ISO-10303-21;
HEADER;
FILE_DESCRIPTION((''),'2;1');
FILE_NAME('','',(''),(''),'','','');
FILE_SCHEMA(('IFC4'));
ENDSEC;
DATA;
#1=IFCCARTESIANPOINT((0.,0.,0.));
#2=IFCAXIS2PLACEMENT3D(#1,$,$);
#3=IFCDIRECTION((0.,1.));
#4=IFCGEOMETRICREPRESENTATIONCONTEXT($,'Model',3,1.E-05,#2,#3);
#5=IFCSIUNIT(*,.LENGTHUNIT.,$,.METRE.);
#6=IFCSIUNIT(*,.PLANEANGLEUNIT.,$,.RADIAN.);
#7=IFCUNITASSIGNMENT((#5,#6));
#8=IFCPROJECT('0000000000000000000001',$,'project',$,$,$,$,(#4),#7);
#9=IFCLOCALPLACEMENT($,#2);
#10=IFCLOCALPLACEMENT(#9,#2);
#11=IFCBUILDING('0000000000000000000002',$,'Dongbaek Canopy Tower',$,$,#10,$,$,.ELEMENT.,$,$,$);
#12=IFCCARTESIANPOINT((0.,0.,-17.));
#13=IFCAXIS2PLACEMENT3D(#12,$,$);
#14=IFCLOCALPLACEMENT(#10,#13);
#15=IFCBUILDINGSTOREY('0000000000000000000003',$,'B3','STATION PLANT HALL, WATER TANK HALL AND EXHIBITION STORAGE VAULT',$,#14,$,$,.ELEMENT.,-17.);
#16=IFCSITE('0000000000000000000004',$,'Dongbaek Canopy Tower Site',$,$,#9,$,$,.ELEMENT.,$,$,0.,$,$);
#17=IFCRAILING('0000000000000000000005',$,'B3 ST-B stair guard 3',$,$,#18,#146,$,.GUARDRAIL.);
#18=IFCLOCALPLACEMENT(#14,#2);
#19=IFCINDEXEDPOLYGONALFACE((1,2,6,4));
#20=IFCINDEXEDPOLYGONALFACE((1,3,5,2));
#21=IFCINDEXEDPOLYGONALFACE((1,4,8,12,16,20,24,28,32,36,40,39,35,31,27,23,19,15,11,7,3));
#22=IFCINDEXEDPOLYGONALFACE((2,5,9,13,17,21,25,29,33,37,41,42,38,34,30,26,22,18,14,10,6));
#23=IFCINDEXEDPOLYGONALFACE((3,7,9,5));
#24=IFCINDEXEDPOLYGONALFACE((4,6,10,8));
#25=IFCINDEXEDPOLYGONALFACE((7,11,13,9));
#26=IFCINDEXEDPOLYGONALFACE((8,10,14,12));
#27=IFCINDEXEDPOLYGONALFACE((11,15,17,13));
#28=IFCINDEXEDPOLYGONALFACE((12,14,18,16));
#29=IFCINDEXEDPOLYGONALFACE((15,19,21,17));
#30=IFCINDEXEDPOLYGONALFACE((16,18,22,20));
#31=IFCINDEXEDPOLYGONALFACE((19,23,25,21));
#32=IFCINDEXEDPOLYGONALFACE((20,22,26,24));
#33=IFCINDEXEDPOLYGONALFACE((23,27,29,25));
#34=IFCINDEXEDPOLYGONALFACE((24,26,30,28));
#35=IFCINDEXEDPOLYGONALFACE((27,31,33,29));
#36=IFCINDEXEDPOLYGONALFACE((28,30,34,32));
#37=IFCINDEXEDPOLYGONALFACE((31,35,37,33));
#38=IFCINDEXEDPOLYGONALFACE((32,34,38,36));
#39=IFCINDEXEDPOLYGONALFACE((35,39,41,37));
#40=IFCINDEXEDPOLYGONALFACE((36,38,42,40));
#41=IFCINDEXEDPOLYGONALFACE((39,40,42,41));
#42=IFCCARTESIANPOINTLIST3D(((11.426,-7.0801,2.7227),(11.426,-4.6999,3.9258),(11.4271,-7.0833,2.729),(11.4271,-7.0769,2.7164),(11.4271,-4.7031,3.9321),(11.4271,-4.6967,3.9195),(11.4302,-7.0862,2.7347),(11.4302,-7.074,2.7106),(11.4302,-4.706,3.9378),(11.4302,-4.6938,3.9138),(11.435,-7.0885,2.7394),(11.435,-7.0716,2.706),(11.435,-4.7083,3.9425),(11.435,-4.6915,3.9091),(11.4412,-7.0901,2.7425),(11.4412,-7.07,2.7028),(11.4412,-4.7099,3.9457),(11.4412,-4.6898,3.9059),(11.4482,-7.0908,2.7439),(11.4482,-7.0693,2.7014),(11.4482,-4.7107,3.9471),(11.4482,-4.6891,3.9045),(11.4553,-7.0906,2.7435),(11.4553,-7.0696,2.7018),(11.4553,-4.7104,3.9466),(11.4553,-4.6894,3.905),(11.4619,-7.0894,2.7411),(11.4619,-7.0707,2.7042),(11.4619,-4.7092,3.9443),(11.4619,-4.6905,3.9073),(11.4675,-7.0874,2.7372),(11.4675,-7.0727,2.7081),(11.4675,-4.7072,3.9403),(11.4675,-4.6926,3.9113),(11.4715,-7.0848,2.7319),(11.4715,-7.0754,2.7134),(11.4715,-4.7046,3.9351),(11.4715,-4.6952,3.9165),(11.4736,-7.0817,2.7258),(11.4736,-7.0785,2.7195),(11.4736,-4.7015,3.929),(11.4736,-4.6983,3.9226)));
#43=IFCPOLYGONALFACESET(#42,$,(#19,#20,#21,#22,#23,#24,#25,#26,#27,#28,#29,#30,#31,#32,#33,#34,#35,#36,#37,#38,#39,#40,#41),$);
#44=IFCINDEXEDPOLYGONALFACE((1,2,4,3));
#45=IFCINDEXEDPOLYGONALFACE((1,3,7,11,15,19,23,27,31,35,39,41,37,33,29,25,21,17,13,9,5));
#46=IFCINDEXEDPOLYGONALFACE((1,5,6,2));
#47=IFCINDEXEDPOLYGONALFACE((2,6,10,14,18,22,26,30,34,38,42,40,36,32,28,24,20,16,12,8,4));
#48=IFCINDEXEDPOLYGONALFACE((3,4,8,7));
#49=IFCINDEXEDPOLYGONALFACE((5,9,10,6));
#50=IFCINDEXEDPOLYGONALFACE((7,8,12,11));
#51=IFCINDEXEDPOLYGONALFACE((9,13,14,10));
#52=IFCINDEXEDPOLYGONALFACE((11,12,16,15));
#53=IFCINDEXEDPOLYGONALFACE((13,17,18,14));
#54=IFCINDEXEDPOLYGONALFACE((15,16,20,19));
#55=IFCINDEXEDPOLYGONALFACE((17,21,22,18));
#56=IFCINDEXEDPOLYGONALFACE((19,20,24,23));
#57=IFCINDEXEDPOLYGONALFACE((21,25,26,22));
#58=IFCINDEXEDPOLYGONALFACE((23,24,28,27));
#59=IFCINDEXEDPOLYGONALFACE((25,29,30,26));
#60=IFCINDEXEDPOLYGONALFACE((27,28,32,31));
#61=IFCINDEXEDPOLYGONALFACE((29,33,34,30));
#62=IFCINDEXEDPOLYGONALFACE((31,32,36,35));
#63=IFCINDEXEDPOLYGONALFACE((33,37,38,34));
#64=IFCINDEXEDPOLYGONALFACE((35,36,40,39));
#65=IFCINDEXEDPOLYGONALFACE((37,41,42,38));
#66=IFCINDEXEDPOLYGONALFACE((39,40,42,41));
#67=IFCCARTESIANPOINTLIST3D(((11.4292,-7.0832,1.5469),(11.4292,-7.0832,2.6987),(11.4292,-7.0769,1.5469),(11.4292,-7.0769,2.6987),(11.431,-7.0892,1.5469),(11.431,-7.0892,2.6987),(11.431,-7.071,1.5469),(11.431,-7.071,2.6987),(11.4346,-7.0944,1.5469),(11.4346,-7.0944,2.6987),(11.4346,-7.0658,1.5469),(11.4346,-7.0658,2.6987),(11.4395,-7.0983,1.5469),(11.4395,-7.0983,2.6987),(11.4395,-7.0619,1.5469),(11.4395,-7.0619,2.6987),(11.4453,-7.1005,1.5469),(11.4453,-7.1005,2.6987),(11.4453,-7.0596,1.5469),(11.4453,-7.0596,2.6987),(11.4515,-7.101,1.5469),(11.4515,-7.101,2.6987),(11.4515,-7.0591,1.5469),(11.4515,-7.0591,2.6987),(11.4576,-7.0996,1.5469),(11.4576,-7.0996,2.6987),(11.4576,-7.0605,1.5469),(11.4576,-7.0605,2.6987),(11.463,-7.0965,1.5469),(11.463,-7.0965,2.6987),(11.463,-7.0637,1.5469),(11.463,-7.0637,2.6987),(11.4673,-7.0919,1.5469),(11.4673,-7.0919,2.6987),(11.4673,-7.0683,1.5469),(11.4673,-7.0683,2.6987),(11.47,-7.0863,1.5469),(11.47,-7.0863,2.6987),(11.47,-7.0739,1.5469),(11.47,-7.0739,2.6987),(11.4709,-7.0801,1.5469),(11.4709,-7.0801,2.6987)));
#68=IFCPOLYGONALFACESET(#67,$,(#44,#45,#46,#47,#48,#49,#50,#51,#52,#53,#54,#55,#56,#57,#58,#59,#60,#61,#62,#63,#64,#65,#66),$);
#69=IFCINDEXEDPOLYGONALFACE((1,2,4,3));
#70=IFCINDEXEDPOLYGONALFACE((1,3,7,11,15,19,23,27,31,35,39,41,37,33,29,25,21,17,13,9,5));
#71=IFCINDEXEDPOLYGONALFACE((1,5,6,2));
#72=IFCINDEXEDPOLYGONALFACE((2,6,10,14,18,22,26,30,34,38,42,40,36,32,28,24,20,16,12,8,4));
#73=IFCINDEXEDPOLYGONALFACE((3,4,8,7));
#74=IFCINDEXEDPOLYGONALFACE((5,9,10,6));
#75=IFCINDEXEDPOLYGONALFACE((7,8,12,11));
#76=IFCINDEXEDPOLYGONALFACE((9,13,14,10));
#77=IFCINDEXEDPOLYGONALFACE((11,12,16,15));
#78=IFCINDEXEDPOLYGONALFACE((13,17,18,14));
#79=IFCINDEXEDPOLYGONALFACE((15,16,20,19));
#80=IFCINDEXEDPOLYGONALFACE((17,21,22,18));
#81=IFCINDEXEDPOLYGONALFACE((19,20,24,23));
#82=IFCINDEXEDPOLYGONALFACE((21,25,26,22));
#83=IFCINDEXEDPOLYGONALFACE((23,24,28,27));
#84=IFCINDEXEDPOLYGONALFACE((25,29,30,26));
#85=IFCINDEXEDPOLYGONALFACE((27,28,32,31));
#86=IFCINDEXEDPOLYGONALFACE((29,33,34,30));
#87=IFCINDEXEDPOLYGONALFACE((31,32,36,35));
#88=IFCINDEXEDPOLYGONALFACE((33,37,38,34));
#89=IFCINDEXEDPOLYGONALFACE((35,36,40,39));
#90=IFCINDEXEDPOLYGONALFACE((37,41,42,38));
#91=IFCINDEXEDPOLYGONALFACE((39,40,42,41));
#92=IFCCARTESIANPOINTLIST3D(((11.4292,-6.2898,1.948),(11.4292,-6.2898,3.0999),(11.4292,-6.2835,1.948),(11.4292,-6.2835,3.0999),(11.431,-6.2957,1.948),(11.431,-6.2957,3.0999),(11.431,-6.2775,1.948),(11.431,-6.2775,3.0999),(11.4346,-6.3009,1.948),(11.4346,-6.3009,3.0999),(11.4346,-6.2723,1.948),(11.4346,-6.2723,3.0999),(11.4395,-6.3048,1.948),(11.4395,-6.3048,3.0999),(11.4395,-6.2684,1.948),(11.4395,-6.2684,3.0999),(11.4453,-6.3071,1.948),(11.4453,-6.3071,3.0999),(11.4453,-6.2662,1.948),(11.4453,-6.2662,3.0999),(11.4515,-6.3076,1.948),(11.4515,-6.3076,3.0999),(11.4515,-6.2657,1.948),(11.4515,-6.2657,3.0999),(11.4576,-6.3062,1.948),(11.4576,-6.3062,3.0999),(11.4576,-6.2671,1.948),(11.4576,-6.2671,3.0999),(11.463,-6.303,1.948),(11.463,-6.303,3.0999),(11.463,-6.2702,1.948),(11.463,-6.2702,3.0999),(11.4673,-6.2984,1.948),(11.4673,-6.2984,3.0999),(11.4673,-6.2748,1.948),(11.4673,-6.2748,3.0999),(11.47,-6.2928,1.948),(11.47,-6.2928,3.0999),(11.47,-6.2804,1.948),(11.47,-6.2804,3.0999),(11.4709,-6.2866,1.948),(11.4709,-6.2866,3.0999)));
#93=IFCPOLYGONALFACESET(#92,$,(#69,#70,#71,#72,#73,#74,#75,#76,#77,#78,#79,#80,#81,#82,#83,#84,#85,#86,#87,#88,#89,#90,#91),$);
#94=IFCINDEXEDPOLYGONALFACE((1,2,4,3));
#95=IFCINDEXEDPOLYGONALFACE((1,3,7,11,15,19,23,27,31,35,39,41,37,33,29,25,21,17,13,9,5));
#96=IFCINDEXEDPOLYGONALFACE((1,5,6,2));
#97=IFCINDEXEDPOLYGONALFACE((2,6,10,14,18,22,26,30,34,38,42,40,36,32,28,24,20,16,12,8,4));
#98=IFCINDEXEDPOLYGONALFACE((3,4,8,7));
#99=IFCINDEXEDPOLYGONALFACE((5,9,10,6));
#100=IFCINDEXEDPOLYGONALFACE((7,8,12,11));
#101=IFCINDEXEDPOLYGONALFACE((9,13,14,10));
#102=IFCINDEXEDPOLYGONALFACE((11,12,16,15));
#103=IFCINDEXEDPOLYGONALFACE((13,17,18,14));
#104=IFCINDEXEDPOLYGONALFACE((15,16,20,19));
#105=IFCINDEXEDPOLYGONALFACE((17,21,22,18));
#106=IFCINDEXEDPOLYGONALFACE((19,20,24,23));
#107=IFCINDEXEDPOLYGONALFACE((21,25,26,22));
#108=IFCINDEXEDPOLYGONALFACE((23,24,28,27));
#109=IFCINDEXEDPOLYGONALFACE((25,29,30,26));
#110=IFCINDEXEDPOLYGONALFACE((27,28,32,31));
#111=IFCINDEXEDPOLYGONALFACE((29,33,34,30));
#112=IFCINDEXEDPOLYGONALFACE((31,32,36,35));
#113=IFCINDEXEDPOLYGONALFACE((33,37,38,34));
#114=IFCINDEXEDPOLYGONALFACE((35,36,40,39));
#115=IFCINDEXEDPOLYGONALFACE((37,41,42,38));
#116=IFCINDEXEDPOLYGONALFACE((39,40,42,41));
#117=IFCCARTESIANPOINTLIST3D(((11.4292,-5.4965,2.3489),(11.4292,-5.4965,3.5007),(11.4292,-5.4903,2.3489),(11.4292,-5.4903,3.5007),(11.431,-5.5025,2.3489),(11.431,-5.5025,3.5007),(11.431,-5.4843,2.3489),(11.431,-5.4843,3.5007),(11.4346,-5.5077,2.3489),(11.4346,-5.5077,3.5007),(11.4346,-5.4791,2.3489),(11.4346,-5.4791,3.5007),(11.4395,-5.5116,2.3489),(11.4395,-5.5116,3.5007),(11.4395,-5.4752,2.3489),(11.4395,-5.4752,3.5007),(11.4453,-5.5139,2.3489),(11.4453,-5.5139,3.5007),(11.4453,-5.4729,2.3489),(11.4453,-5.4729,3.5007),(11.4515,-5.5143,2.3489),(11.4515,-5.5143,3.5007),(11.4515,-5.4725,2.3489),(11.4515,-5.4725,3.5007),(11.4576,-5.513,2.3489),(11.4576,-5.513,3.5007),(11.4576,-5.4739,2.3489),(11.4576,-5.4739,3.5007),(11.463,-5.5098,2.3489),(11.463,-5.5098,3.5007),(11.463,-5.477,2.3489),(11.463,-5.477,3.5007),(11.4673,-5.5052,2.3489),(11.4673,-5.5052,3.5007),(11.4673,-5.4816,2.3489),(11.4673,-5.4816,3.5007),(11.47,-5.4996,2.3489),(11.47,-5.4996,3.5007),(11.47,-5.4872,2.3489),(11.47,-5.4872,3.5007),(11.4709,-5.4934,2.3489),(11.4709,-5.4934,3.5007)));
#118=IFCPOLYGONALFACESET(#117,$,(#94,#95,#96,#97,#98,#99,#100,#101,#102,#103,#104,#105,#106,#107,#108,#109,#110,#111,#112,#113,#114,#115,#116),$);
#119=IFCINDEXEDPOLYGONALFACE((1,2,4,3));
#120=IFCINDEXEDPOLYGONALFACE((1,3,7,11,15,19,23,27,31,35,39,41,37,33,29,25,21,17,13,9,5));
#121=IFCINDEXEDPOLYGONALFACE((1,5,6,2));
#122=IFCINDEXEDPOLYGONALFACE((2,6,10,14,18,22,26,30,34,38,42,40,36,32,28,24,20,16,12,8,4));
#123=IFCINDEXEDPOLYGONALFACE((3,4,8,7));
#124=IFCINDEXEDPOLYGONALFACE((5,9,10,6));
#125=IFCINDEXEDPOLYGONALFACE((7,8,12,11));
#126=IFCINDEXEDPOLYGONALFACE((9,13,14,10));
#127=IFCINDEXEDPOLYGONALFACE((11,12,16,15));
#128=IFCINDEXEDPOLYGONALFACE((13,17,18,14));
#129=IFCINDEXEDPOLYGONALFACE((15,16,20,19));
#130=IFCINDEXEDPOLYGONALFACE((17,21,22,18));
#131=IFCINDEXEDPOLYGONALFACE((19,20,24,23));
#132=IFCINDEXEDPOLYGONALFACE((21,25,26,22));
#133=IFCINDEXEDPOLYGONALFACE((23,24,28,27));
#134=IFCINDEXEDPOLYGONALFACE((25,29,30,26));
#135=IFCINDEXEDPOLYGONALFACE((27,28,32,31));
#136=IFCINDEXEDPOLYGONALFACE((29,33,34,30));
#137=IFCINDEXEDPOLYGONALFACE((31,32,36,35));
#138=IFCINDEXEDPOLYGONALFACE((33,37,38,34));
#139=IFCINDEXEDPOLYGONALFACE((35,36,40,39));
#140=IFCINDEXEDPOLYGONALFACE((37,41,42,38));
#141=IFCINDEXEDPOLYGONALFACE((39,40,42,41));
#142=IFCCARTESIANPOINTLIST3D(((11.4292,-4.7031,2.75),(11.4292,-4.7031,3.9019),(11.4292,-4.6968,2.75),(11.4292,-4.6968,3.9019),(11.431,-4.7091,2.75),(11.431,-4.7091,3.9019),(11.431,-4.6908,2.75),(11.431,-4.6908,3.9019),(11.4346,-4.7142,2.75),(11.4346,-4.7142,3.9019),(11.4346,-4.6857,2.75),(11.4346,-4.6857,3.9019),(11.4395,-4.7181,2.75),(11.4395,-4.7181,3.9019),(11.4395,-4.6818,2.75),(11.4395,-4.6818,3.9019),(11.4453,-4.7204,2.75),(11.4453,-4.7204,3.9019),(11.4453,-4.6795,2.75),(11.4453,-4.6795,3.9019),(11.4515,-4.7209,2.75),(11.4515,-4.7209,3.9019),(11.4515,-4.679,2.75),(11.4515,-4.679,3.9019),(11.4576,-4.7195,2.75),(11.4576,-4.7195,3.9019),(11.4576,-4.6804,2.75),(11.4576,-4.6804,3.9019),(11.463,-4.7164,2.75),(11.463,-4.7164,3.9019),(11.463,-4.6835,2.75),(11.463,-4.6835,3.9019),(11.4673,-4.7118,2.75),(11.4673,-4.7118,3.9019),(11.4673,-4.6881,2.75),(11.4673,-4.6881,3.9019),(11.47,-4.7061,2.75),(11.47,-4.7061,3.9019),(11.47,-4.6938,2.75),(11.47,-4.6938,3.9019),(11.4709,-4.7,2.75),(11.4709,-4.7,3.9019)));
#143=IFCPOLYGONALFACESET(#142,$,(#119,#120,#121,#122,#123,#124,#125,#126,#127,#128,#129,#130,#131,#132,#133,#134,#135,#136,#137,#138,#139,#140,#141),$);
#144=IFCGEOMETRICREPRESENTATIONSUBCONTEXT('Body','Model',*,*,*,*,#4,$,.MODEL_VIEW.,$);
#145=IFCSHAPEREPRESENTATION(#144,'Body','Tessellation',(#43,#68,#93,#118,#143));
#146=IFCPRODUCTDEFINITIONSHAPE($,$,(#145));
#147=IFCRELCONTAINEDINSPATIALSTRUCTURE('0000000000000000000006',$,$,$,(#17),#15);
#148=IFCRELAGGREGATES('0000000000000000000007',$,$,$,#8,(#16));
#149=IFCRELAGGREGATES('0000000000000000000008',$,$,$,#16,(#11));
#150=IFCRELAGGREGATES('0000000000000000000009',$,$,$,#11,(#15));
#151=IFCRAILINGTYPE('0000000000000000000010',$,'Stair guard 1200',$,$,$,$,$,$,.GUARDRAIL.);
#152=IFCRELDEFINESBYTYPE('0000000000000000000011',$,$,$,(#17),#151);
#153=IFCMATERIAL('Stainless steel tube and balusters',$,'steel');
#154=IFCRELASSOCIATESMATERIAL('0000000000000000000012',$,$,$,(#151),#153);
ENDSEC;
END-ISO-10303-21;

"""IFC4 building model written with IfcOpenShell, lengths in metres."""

from ifc_helpers import new_model, si_unit, direction, frame, origin, origin_2d, place, context, subcontext, project, spatial, circle, extrude, material, type_object, element, save


model = new_model("IFC4")

# Units and contexts
model_context = context("Model", 3, precision=1e-05, world=origin(), true_north=direction((0.0, 1.0)))
body_context = subcontext(model_context, "Body", "Model", "MODEL_VIEW")
ifc_project = project(units=[si_unit("LENGTHUNIT", "METRE"), si_unit("PLANEANGLEUNIT", "RADIAN")], contexts=[model_context])

# Site, building, storey
site_placement = place(None, origin())
site = spatial("IfcSite", under=ifc_project, at=site_placement, Name="Dongbaek Canopy Tower Site", CompositionType="ELEMENT", RefElevation=0.0)
building_placement = place(site_placement, origin())
building = spatial("IfcBuilding", under=site, at=building_placement, Name="Dongbaek Canopy Tower", CompositionType="ELEMENT")
storey_placement = place(building_placement, frame((0.0, 0.0, -17.0)))
storey = spatial("IfcBuildingStorey", under=building, at=storey_placement, Name="B3", Description="STATION PLANT HALL, WATER TANK HALL AND EXHIBITION STORAGE VAULT", CompositionType="ELEMENT", Elevation=-17.0)

# Railing
ifc_material_1 = material(Name="Stainless steel tube and balusters", Category="steel")
railing_type_1 = type_object("IfcRailingType", Name="Stair guard 1200", PredefinedType="GUARDRAIL", material=ifc_material_1)
railing_1_placement = place(storey_placement, frame((11.45, -7.0801, 1.5469)))
element("IfcRailing", 1, at=railing_1_placement, inside=storey, type_object=railing_type_1, Name="B3 ST-B stair guard 3", PredefinedType="GUARDRAIL", context=body_context, shape_type="SweptSolid", body=[
    extrude(circle(Radius=0.0239, at=origin_2d()), frame((0.0, 0.0, 1.1758), z_axis=(0.0, 0.89246, 0.451127), x_axis=(-1.0, 0.0, 0.0)), (0.0, 0.0, 1.0), 2.667),
    extrude(circle(Radius=0.021, at=origin_2d()), origin(), (0.0, 0.0, 1.0), 1.1519),
    extrude(circle(Radius=0.021, at=origin_2d()), frame((0.0, 0.7935, 0.4011)), (0.0, 0.0, 1.0), 1.1519),
    extrude(circle(Radius=0.021, at=origin_2d()), frame((0.0, 1.5867, 0.802)), (0.0, 0.0, 1.0), 1.1519),
    extrude(circle(Radius=0.021, at=origin_2d()), frame((0.0, 2.3801, 1.2031)), (0.0, 0.0, 1.0), 1.1519),
])

save(model, "model.ifc")
